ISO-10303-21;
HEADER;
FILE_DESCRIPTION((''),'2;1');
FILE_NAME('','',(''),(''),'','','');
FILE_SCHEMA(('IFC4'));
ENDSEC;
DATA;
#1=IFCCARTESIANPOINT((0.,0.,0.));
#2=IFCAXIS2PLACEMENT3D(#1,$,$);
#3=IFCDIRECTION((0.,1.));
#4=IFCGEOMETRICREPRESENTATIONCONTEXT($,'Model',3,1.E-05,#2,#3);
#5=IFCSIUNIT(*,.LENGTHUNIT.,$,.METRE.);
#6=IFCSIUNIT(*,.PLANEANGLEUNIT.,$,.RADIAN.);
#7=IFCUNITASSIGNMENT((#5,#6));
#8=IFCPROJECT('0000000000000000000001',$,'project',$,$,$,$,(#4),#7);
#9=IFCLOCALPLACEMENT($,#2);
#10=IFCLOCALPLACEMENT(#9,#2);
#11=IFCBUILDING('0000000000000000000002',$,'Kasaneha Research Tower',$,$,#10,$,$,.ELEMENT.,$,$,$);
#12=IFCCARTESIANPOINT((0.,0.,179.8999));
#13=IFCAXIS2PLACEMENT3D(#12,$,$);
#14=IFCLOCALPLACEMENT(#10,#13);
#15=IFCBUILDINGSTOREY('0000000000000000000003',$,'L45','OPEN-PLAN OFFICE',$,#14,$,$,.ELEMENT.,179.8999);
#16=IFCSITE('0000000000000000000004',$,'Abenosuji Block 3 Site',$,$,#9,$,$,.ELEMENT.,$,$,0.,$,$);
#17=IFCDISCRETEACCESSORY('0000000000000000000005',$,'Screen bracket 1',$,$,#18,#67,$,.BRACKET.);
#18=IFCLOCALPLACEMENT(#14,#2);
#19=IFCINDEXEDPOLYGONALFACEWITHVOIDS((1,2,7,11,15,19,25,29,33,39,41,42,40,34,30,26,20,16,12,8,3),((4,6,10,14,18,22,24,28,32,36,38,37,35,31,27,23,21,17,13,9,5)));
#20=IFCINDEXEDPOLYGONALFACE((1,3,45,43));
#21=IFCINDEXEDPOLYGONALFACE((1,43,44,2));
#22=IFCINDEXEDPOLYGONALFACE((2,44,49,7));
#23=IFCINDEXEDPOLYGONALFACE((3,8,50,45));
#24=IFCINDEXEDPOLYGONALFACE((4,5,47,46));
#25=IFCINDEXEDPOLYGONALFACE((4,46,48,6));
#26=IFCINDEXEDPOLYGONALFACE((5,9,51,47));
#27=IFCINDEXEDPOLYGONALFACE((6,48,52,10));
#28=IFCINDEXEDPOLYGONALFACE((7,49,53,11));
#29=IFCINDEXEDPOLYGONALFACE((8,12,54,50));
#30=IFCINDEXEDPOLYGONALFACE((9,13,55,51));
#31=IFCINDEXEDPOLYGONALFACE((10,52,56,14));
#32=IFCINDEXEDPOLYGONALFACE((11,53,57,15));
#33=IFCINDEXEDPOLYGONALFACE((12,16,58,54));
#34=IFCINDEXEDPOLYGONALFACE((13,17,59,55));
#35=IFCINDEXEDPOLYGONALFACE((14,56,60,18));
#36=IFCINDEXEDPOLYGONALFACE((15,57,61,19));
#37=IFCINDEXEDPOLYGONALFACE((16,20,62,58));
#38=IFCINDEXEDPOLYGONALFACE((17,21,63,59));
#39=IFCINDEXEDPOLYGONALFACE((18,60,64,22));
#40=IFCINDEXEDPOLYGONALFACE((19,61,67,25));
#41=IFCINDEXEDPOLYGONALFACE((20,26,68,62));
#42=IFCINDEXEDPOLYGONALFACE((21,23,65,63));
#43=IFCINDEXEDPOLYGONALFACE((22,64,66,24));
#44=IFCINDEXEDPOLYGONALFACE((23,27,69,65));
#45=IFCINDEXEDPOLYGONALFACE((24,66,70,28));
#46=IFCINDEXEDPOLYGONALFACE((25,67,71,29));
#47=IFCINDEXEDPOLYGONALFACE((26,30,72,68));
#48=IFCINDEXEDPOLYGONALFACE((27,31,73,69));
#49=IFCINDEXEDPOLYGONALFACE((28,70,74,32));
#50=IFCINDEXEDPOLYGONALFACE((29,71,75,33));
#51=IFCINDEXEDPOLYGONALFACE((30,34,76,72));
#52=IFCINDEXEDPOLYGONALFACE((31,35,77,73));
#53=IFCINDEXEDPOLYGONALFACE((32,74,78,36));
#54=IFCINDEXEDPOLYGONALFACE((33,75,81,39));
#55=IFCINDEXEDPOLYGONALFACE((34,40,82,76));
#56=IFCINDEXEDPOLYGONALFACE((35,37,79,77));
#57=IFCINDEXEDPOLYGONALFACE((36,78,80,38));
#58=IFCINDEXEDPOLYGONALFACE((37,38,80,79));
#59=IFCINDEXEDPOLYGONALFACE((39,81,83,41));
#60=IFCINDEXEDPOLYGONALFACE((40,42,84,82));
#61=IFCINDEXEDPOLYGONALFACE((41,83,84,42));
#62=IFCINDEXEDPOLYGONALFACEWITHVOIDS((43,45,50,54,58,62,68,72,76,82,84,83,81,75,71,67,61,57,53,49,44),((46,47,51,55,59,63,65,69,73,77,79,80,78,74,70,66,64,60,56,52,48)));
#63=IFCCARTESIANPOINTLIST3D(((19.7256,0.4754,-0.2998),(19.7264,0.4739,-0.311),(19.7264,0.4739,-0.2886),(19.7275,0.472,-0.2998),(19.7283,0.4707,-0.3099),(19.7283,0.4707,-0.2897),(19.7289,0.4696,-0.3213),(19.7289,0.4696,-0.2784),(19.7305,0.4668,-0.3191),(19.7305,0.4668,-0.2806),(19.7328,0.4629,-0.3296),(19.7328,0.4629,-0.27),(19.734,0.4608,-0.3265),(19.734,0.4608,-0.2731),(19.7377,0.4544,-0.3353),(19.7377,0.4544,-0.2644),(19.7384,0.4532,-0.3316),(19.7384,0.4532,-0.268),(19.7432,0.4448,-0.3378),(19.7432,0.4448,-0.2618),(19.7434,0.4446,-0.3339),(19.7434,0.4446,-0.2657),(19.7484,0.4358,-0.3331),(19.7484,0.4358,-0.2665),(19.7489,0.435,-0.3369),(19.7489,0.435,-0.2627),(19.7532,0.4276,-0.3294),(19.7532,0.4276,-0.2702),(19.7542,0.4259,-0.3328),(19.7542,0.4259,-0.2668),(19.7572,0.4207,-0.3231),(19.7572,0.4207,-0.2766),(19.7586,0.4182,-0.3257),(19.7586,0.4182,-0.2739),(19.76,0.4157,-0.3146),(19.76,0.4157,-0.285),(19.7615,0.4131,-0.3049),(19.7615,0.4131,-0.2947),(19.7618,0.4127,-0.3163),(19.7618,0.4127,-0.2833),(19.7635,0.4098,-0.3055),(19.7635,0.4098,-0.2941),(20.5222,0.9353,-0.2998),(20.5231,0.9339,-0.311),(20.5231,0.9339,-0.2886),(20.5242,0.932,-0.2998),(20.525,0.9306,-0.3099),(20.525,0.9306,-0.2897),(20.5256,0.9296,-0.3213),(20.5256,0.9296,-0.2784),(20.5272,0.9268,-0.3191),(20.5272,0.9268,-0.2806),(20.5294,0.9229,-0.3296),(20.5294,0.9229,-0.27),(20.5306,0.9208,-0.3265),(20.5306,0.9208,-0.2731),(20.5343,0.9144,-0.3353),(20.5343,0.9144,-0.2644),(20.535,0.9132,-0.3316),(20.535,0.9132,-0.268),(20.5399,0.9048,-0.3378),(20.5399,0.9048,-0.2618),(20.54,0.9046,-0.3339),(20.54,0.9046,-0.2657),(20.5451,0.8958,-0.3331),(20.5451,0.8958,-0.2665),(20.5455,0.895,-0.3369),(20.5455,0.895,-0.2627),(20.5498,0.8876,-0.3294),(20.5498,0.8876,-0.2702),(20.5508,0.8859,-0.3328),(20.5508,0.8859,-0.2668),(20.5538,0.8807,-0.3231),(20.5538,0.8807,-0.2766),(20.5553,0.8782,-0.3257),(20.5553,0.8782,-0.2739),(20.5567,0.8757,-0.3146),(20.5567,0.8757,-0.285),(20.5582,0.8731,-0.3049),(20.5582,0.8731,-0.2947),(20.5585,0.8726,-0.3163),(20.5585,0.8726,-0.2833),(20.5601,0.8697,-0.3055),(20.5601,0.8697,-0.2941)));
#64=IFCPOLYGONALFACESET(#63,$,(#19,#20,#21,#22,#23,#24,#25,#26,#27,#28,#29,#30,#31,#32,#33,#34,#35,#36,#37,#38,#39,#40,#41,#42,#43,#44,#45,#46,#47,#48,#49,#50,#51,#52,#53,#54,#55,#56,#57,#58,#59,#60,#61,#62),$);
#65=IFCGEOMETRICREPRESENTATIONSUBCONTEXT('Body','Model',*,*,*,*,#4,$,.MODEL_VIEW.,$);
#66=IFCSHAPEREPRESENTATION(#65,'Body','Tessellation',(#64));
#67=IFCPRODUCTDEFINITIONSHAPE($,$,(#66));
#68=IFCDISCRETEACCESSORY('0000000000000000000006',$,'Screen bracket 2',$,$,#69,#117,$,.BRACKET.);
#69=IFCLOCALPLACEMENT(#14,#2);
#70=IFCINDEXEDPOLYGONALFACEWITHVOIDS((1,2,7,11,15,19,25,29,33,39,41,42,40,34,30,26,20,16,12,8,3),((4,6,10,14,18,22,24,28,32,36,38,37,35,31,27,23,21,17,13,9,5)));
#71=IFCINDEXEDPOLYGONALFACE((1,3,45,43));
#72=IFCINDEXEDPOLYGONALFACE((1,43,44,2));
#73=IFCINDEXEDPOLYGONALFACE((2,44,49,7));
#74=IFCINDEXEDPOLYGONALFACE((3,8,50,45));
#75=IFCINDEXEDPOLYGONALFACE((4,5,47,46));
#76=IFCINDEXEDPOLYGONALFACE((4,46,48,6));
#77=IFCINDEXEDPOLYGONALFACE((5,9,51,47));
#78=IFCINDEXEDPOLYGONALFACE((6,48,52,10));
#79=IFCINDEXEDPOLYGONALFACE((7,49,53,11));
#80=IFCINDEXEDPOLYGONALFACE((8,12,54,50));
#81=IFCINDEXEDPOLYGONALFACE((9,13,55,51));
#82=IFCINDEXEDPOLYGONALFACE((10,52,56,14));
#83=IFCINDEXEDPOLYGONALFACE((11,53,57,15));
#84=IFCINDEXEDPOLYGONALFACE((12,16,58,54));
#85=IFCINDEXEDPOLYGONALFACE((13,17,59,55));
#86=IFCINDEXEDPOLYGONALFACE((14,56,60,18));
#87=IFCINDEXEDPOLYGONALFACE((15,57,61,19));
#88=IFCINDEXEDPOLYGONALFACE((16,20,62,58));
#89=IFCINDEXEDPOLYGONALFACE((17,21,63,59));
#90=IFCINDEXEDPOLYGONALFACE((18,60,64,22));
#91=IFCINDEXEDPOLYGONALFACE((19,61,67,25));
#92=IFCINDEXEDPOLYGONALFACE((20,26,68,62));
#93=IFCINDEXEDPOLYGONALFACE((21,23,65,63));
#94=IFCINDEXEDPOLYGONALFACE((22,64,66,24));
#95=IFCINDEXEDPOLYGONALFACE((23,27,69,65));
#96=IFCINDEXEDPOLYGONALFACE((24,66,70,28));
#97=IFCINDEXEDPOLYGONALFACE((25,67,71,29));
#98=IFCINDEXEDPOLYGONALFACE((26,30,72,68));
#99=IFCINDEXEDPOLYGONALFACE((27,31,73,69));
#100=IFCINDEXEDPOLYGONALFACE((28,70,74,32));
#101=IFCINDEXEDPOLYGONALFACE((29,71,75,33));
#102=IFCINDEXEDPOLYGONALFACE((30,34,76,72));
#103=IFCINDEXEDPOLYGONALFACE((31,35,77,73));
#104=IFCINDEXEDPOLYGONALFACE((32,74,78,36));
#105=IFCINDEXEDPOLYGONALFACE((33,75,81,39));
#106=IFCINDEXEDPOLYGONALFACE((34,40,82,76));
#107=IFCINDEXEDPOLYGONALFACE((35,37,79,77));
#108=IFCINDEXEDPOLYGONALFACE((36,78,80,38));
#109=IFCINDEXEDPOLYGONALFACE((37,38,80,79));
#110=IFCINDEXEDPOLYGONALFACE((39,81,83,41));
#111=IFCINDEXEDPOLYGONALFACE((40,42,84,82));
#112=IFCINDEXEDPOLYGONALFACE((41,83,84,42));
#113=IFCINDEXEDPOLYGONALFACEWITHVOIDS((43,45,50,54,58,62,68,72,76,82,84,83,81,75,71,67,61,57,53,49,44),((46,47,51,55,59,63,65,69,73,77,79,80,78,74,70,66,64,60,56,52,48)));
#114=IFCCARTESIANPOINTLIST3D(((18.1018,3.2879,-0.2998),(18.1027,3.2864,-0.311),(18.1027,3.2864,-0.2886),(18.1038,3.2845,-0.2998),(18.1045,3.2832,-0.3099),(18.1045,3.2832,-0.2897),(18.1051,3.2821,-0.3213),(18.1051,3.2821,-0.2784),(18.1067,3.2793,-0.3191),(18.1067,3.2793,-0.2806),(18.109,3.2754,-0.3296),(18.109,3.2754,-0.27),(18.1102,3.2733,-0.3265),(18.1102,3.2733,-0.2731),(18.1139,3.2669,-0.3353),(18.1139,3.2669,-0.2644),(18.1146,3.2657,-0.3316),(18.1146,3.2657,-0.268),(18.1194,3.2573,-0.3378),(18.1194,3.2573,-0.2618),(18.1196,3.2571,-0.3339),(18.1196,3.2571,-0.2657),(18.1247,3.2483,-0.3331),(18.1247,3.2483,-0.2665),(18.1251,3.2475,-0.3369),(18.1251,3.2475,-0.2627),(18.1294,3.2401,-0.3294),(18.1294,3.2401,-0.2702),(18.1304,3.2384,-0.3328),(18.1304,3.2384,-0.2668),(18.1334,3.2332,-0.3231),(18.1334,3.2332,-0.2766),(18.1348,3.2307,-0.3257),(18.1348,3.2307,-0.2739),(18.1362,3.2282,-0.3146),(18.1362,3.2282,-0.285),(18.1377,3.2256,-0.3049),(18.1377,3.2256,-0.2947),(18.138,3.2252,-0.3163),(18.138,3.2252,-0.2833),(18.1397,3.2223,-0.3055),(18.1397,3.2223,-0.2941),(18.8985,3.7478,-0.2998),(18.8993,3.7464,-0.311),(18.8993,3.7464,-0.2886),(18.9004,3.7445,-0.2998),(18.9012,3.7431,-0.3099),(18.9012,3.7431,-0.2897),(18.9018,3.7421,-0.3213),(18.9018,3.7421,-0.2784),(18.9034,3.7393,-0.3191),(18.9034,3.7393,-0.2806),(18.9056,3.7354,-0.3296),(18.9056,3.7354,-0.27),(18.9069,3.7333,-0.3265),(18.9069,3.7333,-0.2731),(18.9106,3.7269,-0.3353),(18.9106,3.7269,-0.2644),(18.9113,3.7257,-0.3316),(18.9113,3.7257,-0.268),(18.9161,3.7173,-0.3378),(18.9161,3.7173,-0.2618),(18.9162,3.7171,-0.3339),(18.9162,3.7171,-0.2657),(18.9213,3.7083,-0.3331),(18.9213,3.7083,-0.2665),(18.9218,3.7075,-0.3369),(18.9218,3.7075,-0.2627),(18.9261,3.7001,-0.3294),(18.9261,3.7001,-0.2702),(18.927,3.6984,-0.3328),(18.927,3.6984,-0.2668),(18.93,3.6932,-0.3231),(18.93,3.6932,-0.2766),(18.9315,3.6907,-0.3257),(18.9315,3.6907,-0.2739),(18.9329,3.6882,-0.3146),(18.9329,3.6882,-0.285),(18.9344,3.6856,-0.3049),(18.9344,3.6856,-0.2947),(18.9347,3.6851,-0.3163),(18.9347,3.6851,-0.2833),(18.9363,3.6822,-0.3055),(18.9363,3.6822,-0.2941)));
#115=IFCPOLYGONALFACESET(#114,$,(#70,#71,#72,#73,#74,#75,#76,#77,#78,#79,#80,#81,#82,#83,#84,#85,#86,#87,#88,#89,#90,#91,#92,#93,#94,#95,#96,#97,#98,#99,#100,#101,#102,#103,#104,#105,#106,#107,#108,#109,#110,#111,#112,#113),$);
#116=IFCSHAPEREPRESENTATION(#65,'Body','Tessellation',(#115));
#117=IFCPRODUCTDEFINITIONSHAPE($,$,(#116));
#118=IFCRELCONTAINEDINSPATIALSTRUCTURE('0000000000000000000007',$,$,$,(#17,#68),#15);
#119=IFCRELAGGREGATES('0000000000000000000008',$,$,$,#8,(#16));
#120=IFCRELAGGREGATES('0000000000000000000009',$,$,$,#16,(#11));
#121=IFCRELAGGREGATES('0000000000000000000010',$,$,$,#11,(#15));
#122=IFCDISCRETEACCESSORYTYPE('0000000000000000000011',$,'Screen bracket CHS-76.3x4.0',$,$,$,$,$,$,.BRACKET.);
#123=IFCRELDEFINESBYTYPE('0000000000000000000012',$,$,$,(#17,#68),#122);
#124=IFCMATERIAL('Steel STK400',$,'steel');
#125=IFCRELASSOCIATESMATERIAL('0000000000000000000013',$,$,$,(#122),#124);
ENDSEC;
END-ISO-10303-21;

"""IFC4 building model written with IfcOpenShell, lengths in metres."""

from ifc_helpers import new_model, si_unit, direction, frame, origin, origin_2d, place, context, subcontext, project, spatial, hollow_circle, extrude, material, material_profile, profile_set, type_object, element, save


model = new_model("IFC4")

# Units and contexts
model_context = context("Model", 3, precision=1e-05, world=origin(), true_north=direction((0.0, 1.0)))
body_context = subcontext(model_context, "Body", "Model", "MODEL_VIEW")
ifc_project = project(units=[si_unit("LENGTHUNIT", "METRE"), si_unit("PLANEANGLEUNIT", "RADIAN")], contexts=[model_context])

# Site, building, storey
site_placement = place(None, origin())
site = spatial("IfcSite", under=ifc_project, at=site_placement, Name="Abenosuji Block 3 Site", CompositionType="ELEMENT", RefElevation=0.0)
building_placement = place(site_placement, origin())
building = spatial("IfcBuilding", under=site, at=building_placement, Name="Kasaneha Research Tower", CompositionType="ELEMENT")
storey_placement = place(building_placement, frame((0.0, 0.0, 179.8999)))
storey = spatial("IfcBuildingStorey", under=building, at=storey_placement, Name="L45", Description="OPEN-PLAN OFFICE", CompositionType="ELEMENT", Elevation=179.8999)

# Discrete accessories
ifc_material_1 = material(Name="Steel STK400", Category="steel")
ifc_material_profile_1 = material_profile(ifc_material_1, hollow_circle(Radius=0.0381, WallThickness=0.0039, at=origin_2d()), Name="CHS-76.3x4.0")
ifc_profile_set_1 = profile_set([ifc_material_profile_1], Name="Steel STK400")
discrete_accessory_type = type_object("IfcDiscreteAccessoryType", Name="Screen bracket CHS-76.3x4.0", PredefinedType="BRACKET", material=ifc_profile_set_1)
for number, where, z_axis, x_axis, name in (
    (1, (19.7446, 0.4424, -0.2998), (0.866013, 0.500021, 0.0), (-0.500021, 0.866013, 0.0), "Screen bracket 1"),
    (2, (18.1208, 3.2549, -0.2998), (0.866013, 0.500021, 0.0), (-0.500021, 0.866013, 0.0), "Screen bracket 2"),
):
    element("IfcDiscreteAccessory", number, at=place(storey_placement, frame(where, z_axis=z_axis, x_axis=x_axis)), inside=storey, type_object=discrete_accessory_type, Name=name, PredefinedType="BRACKET", context=body_context, shape_type="SweptSolid", body=[
        extrude(hollow_circle(Radius=0.0381, WallThickness=0.0039, at=origin_2d()), origin(), (0.0, 0.0, 1.0), 0.9199),
    ])

save(model, "model.ifc")
